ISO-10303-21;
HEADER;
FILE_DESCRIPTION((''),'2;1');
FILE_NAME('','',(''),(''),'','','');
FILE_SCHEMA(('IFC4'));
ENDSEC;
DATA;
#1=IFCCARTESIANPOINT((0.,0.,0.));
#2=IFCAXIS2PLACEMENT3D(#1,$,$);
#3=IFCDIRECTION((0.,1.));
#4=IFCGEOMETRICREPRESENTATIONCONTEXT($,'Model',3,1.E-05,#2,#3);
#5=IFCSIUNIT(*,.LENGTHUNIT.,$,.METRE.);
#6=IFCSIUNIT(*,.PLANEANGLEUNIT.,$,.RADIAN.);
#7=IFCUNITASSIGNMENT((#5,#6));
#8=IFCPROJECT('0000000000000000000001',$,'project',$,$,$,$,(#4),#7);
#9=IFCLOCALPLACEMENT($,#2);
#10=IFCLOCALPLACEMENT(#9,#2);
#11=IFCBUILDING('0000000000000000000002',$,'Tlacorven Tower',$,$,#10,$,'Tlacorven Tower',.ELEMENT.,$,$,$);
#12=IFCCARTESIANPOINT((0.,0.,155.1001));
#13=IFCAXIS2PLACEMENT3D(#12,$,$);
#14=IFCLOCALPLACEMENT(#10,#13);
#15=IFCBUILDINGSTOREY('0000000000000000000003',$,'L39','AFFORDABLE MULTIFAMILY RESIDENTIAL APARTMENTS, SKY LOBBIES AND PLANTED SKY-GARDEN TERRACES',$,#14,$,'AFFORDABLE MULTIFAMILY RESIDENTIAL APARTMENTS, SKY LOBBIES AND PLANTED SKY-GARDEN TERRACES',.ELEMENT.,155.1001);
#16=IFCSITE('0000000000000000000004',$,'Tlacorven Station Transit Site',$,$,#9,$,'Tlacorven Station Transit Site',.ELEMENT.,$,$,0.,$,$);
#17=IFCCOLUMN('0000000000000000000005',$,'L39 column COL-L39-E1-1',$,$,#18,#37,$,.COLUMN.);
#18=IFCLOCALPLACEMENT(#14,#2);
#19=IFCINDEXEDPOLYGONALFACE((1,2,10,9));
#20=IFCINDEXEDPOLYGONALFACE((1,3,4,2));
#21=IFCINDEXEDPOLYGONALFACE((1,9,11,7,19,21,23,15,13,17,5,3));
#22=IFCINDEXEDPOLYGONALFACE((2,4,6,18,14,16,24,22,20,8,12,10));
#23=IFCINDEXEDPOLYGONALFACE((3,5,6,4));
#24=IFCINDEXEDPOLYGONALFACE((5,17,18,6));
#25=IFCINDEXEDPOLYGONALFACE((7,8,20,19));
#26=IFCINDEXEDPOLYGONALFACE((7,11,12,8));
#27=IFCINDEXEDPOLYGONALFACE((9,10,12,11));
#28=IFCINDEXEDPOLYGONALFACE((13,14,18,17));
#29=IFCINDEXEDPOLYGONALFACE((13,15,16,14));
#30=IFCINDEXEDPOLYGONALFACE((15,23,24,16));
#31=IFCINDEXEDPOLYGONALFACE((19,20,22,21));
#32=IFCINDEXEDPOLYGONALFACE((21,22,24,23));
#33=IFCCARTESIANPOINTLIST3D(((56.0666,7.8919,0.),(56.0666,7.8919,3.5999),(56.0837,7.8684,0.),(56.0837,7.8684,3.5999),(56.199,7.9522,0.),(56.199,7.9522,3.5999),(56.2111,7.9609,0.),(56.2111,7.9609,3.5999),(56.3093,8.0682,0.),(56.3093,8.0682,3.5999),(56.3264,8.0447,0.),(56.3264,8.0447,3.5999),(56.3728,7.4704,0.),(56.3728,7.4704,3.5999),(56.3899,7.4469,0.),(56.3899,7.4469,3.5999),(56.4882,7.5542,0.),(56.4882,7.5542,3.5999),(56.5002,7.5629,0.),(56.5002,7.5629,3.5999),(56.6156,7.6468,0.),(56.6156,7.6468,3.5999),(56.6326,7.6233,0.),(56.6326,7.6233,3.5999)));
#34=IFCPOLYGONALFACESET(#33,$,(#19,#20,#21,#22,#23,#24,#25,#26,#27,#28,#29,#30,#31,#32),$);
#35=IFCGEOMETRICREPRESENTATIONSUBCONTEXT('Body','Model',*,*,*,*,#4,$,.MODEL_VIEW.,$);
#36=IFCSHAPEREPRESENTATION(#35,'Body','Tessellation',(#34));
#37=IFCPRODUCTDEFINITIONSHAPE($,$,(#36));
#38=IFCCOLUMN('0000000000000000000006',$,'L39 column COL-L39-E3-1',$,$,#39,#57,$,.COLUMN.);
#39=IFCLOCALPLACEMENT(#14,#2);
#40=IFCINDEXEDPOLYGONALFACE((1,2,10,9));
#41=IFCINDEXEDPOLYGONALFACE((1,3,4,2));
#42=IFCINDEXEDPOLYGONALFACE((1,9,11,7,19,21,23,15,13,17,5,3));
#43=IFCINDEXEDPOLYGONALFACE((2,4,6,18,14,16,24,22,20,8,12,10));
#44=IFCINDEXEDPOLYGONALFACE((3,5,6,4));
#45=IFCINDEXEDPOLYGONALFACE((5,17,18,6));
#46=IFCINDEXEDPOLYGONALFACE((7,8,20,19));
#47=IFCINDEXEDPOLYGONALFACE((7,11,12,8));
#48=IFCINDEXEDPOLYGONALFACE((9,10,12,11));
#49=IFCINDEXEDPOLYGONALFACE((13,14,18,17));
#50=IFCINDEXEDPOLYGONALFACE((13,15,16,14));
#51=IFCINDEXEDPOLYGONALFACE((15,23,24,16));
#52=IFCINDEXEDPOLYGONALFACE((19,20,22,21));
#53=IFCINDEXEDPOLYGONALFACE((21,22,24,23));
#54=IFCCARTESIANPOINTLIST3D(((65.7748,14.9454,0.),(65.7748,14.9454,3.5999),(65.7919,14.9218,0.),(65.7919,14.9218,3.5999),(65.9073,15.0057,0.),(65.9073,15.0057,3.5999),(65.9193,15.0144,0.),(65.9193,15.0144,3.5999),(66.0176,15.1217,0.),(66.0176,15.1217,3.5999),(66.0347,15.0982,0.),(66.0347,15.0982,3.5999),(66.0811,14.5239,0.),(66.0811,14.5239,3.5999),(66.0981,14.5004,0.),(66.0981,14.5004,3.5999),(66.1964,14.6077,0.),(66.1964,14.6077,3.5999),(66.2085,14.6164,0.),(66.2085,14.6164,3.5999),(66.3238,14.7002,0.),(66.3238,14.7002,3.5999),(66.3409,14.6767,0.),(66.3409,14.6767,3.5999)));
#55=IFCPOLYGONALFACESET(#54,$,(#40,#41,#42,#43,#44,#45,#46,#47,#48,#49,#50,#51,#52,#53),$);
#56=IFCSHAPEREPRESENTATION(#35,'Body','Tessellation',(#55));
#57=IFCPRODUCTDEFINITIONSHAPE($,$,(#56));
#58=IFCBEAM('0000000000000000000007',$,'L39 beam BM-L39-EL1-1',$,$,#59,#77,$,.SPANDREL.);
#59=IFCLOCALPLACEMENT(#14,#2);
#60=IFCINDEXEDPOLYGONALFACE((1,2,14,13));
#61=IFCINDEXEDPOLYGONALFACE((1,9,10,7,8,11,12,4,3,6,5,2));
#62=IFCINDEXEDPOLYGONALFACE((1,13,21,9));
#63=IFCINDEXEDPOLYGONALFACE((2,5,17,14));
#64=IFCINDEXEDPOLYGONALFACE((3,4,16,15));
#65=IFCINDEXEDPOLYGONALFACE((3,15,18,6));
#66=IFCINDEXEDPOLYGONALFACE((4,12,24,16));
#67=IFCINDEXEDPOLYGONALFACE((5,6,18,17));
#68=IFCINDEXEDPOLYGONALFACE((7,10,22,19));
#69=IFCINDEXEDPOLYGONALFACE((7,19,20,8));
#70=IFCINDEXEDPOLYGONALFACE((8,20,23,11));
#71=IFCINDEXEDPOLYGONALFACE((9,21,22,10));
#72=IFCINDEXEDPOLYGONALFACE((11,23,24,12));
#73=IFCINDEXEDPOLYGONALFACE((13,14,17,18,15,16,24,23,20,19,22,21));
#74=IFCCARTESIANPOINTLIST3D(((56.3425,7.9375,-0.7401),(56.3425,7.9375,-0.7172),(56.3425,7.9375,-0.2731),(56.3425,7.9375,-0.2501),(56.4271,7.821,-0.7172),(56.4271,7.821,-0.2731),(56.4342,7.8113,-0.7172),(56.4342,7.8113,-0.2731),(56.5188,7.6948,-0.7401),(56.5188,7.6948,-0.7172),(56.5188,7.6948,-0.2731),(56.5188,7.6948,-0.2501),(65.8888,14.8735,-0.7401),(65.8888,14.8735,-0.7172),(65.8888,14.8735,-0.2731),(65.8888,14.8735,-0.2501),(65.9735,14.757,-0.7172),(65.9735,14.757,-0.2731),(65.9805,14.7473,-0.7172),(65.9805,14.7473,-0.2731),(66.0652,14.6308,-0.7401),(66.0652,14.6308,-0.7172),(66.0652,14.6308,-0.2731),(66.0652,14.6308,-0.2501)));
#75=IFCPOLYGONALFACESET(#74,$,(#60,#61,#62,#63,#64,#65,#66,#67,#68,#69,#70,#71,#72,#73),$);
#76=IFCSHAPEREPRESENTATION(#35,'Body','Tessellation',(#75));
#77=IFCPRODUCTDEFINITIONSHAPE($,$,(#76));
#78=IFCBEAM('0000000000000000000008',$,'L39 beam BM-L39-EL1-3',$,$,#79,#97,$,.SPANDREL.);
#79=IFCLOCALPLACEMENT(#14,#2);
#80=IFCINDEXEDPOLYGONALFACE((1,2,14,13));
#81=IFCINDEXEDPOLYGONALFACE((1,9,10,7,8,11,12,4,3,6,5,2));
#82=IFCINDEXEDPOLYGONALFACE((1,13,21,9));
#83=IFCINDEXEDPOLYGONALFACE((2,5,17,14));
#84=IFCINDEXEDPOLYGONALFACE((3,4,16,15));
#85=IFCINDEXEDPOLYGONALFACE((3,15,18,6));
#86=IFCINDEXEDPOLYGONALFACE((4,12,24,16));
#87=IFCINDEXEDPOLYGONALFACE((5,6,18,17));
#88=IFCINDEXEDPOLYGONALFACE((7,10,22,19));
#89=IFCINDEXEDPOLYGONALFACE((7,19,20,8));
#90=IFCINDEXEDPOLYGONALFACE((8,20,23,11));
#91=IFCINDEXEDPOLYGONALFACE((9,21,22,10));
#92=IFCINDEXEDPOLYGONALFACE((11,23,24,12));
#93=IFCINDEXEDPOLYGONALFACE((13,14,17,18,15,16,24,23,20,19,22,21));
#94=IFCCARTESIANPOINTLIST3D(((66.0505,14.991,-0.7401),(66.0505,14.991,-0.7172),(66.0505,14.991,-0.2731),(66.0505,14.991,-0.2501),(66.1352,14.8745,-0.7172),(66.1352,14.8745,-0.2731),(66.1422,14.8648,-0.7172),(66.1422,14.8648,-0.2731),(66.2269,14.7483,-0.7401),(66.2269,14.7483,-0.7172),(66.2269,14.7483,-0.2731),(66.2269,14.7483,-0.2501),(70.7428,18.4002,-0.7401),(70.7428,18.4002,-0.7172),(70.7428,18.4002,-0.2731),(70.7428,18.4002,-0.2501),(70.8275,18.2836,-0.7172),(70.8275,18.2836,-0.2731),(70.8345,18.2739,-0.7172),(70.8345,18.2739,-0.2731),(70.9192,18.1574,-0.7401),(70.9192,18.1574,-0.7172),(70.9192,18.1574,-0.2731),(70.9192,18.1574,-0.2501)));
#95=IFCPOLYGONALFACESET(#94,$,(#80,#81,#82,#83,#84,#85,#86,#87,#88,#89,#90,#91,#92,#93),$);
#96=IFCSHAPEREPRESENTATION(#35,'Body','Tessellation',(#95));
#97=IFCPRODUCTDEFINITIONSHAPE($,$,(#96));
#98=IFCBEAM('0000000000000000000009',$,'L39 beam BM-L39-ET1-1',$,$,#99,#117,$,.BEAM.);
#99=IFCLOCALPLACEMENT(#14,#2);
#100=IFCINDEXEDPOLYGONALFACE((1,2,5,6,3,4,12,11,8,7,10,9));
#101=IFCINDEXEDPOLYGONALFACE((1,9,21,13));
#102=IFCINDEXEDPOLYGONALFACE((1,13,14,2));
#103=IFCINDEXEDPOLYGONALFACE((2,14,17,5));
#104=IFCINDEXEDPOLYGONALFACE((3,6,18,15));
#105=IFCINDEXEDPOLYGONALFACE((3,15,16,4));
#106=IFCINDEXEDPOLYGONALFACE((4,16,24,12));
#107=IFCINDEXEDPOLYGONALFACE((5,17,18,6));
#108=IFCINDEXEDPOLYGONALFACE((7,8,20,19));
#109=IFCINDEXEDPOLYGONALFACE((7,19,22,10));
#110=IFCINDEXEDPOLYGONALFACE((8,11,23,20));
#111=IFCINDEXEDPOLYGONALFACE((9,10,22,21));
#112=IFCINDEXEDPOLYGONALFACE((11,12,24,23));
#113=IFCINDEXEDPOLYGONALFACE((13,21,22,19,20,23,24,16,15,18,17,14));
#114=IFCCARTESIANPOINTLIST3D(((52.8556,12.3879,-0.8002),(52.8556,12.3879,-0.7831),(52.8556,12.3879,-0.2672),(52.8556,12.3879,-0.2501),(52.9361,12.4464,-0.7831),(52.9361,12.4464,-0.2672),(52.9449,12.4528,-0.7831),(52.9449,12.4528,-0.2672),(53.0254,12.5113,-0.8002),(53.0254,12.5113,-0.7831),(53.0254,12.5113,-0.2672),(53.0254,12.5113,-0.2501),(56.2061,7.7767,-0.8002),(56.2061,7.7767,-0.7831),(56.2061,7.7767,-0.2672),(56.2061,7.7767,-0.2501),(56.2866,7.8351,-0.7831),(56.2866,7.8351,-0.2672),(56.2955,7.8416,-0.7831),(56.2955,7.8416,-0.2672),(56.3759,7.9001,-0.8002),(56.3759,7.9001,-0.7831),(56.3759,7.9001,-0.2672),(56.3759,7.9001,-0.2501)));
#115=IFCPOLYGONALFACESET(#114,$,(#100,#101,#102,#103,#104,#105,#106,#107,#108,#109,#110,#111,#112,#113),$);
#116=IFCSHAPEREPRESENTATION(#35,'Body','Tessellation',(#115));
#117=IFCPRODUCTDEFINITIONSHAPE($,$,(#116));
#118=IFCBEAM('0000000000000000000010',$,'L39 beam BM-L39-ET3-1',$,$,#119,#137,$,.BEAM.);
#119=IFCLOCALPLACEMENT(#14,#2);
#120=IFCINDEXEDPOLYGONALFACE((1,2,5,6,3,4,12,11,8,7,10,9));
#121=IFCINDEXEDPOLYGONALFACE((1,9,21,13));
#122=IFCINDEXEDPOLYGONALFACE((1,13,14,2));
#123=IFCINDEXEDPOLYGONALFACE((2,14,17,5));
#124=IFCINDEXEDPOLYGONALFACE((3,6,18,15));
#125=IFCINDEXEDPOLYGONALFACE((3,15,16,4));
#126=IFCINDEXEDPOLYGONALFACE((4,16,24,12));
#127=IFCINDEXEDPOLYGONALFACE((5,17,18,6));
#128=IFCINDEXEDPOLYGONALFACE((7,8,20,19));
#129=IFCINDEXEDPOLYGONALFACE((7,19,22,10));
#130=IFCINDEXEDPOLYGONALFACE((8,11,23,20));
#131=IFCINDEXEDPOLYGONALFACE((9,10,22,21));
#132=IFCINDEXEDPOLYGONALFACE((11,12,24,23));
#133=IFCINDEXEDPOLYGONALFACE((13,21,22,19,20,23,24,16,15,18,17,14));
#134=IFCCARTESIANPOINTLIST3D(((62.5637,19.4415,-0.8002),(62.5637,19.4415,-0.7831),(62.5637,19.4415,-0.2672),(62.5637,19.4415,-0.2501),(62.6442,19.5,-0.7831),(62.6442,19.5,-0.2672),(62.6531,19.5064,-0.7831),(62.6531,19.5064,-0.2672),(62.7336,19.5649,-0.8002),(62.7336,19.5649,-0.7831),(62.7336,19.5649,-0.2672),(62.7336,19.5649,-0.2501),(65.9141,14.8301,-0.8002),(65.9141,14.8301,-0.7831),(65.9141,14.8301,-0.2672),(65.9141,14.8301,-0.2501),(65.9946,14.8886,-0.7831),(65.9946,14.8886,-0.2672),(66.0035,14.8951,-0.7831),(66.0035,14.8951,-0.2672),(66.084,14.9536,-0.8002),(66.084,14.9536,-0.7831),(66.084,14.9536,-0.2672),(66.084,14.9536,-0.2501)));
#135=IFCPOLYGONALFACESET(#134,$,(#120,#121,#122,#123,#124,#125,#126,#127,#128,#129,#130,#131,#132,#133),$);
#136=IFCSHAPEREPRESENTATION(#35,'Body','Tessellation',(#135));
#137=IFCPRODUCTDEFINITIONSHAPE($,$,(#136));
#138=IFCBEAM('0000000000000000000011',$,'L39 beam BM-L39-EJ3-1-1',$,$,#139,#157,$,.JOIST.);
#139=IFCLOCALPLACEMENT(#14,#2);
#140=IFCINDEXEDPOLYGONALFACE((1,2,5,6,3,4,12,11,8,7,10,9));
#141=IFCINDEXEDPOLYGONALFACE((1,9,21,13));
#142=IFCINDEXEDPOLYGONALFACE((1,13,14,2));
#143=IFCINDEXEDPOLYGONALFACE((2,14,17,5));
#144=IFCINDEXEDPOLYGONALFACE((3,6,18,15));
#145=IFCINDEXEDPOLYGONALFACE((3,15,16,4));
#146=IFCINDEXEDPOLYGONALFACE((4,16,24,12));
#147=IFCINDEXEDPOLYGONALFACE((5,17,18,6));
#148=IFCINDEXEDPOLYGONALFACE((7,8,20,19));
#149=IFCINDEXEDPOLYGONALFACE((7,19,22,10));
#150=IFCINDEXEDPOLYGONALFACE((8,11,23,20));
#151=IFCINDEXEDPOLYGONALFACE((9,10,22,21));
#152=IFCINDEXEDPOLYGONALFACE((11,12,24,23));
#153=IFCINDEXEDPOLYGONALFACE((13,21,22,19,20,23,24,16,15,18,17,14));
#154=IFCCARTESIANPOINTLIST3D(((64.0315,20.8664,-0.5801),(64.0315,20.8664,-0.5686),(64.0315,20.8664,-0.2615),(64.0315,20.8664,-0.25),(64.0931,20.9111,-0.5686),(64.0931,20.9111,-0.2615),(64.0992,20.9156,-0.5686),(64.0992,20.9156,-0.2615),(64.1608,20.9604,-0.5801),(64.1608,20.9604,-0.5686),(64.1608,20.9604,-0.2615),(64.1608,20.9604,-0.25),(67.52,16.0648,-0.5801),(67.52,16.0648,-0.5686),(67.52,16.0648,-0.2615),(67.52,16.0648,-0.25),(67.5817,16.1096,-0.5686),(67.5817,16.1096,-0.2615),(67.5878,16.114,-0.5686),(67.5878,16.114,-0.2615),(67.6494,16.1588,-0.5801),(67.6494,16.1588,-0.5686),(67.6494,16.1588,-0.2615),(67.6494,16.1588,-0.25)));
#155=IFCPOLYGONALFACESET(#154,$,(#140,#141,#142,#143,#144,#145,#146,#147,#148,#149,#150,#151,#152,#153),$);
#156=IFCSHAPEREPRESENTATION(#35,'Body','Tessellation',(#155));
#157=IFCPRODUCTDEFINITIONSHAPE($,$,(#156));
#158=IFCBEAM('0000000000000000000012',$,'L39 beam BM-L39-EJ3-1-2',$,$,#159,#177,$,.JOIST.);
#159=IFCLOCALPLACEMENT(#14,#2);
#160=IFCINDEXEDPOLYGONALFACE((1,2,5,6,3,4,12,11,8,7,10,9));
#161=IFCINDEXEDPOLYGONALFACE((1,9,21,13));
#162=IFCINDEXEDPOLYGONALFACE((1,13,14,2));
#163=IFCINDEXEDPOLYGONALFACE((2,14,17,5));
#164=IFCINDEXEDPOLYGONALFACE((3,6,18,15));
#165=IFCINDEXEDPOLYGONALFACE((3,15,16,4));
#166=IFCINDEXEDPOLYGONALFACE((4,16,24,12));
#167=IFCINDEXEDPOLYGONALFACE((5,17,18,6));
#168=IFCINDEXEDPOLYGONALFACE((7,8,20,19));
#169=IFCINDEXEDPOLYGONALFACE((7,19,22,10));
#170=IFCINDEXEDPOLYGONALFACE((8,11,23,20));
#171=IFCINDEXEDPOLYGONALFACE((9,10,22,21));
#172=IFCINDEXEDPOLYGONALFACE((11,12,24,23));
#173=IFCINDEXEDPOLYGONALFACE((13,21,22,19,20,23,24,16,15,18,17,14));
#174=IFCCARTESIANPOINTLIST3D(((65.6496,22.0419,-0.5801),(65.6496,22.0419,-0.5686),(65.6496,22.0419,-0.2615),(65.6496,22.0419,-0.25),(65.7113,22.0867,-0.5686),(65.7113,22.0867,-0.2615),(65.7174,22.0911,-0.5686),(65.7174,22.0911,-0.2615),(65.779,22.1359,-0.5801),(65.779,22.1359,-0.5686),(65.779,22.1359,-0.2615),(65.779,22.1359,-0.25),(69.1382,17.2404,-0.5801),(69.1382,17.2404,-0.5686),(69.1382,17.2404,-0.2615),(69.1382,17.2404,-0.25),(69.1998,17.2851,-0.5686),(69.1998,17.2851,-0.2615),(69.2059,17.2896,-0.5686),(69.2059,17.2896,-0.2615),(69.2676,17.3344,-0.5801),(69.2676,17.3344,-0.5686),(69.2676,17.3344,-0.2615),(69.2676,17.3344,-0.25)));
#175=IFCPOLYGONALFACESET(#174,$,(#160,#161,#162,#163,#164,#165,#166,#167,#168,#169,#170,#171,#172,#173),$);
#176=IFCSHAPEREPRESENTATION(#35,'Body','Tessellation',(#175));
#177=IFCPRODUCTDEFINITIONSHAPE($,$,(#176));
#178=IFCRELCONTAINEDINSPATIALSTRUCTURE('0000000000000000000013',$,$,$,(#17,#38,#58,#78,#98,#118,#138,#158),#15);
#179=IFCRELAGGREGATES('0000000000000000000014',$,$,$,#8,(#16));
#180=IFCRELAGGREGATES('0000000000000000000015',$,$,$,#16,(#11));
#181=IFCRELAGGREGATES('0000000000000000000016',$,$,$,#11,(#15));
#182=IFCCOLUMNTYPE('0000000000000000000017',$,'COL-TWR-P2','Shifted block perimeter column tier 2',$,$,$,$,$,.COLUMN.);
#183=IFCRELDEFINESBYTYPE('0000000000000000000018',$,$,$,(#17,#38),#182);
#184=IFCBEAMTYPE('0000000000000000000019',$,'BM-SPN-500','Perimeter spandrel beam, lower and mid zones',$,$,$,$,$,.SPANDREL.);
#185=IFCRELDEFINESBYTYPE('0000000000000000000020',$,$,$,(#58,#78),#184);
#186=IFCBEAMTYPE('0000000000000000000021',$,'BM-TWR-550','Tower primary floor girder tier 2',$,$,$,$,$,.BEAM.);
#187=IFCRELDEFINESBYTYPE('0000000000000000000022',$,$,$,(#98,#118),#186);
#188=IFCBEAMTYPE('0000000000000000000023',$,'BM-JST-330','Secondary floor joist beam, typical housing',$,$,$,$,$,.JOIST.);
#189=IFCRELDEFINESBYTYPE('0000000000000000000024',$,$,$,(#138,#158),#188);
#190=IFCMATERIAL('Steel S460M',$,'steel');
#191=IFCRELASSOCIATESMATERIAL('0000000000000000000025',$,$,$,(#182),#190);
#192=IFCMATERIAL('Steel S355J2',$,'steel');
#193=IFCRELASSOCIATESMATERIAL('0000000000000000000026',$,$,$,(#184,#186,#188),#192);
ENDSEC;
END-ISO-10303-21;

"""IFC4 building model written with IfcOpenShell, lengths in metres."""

from ifc_helpers import new_model, si_unit, direction, frame, origin, origin_2d, place, context, subcontext, project, spatial, i_section, extrude, source, transform, mapped, material, material_profile, profile_set, type_object, element, save


model = new_model("IFC4")

# Units and contexts
model_context = context("Model", 3, precision=1e-05, world=origin(), true_north=direction((0.0, 1.0)))
body_context = subcontext(model_context, "Body", "Model", "MODEL_VIEW")
ifc_project = project(units=[si_unit("LENGTHUNIT", "METRE"), si_unit("PLANEANGLEUNIT", "RADIAN")], contexts=[model_context])

# Site, building, storey
site_placement = place(None, origin())
site = spatial("IfcSite", under=ifc_project, at=site_placement, Name="Tlacorven Station Transit Site", LongName="Tlacorven Station Transit Site", CompositionType="ELEMENT", RefElevation=0.0)
building_placement = place(site_placement, origin())
building = spatial("IfcBuilding", under=site, at=building_placement, Name="Tlacorven Tower", LongName="Tlacorven Tower", CompositionType="ELEMENT")
storey_placement = place(building_placement, frame((0.0, 0.0, 155.1001)))
storey = spatial("IfcBuildingStorey", under=building, at=storey_placement, Name="L39", Description="AFFORDABLE MULTIFAMILY RESIDENTIAL APARTMENTS, SKY LOBBIES AND PLANTED SKY-GARDEN TERRACES", LongName="AFFORDABLE MULTIFAMILY RESIDENTIAL APARTMENTS, SKY LOBBIES AND PLANTED SKY-GARDEN TERRACES", CompositionType="ELEMENT", Elevation=155.1001)

# Columns
ifc_material_1 = material(Name="Steel S460M", Category="steel")
ifc_material_profile_1 = material_profile(ifc_material_1, i_section(OverallWidth=0.3, OverallDepth=0.55, WebThickness=0.0149, FlangeThickness=0.0291, at=origin_2d()), Name="HEB 550")
ifc_profile_set_1 = profile_set([ifc_material_profile_1], Name="Steel S460M")
column_type = type_object("IfcColumnType", Name="COL-TWR-P2", Description="Shifted block perimeter column tier 2", PredefinedType="COLUMN", material=ifc_profile_set_1)
shared_shape_1 = source(origin(), body_context, "Body", "SweptSolid", [
    extrude(i_section(OverallWidth=0.3, OverallDepth=0.55, WebThickness=0.0149, FlangeThickness=0.0291, at=origin_2d()), origin(), (0.0, 0.0, 1.0), 3.5999),
])
for number, where, z_axis, x_axis, name in (
    (1, (56.3496, 7.7576, 0.0), (0.0, 0.0, 1.0), (0.809017, 0.587785, 0.0), "L39 column COL-L39-E1-1"),
    (2, (66.0579, 14.811, 0.0), (0.0, 0.0, 1.0), (0.809017, 0.587785, 0.0), "L39 column COL-L39-E3-1"),
):
    element("IfcColumn", number, at=place(storey_placement, frame(where, z_axis=z_axis, x_axis=x_axis)), inside=storey, type_object=column_type, Name=name, PredefinedType="COLUMN", context=body_context, shape_type="MappedRepresentation", body=[
        mapped(shared_shape_1, transform((0.0, 0.0, 0.0), scale=1.0)),
    ])

# Beams
ifc_material_2 = material(Name="Steel S355J2", Category="steel")
ifc_material_profile_2 = material_profile(ifc_material_2, i_section(OverallWidth=0.3, OverallDepth=0.49, WebThickness=0.012, FlangeThickness=0.0229, at=origin_2d()), Name="HEA 500")
ifc_profile_set_2 = profile_set([ifc_material_profile_2], Name="Steel S355J2")
beam_type_1 = type_object("IfcBeamType", Name="BM-SPN-500", Description="Perimeter spandrel beam, lower and mid zones", PredefinedType="SPANDREL", material=ifc_profile_set_2)
shared_shape_2 = source(origin(), body_context, "Body", "SweptSolid", [
    extrude(i_section(OverallWidth=0.3, OverallDepth=0.49, WebThickness=0.012, FlangeThickness=0.0229, at=origin_2d()), origin(), (0.0, 0.0, 1.0), 11.8),
])
beam_1_placement = place(storey_placement, frame((56.4307, 7.8162, -0.4951), z_axis=(0.80901, 0.587795, 0.0), x_axis=(-0.587795, 0.80901, 0.0)))
element("IfcBeam", 3, at=beam_1_placement, inside=storey, type_object=beam_type_1, Name="L39 beam BM-L39-EL1-1", PredefinedType="SPANDREL", context=body_context, shape_type="MappedRepresentation", body=[
    mapped(shared_shape_2, transform((0.0, 0.0, 0.0), scale=1.0)),
])
shared_shape_3 = source(origin(), body_context, "Body", "SweptSolid", [
    extrude(i_section(OverallWidth=0.3, OverallDepth=0.49, WebThickness=0.012, FlangeThickness=0.0229, at=origin_2d()), origin(), (0.0, 0.0, 1.0), 5.8),
])
beam_2_placement = place(storey_placement, frame((66.1387, 14.8696, -0.4951), z_axis=(0.80902, 0.587781, 0.0), x_axis=(-0.587781, 0.80902, 0.0)))
element("IfcBeam", 4, at=beam_2_placement, inside=storey, type_object=beam_type_1, Name="L39 beam BM-L39-EL1-3", PredefinedType="SPANDREL", context=body_context, shape_type="MappedRepresentation", body=[
    mapped(shared_shape_3, transform((0.0, 0.0, 0.0), scale=1.0)),
])
ifc_material_profile_3 = material_profile(ifc_material_2, i_section(OverallWidth=0.21, OverallDepth=0.55, WebThickness=0.011, FlangeThickness=0.0171, at=origin_2d()), Name="IPE 550")
ifc_profile_set_3 = profile_set([ifc_material_profile_3], Name="Steel S355J2")
beam_type_2 = type_object("IfcBeamType", Name="BM-TWR-550", Description="Tower primary floor girder tier 2", PredefinedType="BEAM", material=ifc_profile_set_3)
shared_shape_4 = source(origin(), body_context, "Body", "SweptSolid", [
    extrude(i_section(OverallWidth=0.21, OverallDepth=0.55, WebThickness=0.011, FlangeThickness=0.0171, at=origin_2d()), origin(), (0.0, 0.0, 1.0), 5.7),
])
for number, where, z_axis, x_axis, name in (
    (5, (56.291, 7.8384, -0.5251), (-0.587815, 0.808995, 0.0), (-0.808995, -0.587815, 0.0), "L39 beam BM-L39-ET1-1"),
    (6, (65.999, 14.8918, -0.5251), (-0.587787, 0.809016, 0.0), (-0.809016, -0.587787, 0.0), "L39 beam BM-L39-ET3-1"),
):
    element("IfcBeam", number, at=place(storey_placement, frame(where, z_axis=z_axis, x_axis=x_axis)), inside=storey, type_object=beam_type_2, Name=name, PredefinedType="BEAM", context=body_context, shape_type="MappedRepresentation", body=[
        mapped(shared_shape_4, transform((0.0, 0.0, 0.0), scale=1.0)),
    ])
ifc_material_profile_4 = material_profile(ifc_material_2, i_section(OverallWidth=0.1599, OverallDepth=0.3301, WebThickness=0.0076, FlangeThickness=0.0115, at=origin_2d()), Name="IPE 330")
ifc_profile_set_4 = profile_set([ifc_material_profile_4], Name="Steel S355J2")
beam_type_3 = type_object("IfcBeamType", Name="BM-JST-330", Description="Secondary floor joist beam, typical housing", PredefinedType="JOIST", material=ifc_profile_set_4)
shared_shape_5 = source(origin(), body_context, "Body", "SweptSolid", [
    extrude(i_section(OverallWidth=0.1599, OverallDepth=0.3301, WebThickness=0.0076, FlangeThickness=0.0115, at=origin_2d()), origin(), (0.0, 0.0, 1.0), 5.9351),
])
for number, where, z_axis, x_axis, name in (
    (7, (67.5847, 16.1118, -0.415), (-0.587788, 0.809015, 0.0), (-0.809015, -0.587788, 0.0), "L39 beam BM-L39-EJ3-1-1"),
    (8, (69.2029, 17.2874, -0.415), (-0.587788, 0.809015, 0.0), (-0.809015, -0.587788, 0.0), "L39 beam BM-L39-EJ3-1-2"),
):
    element("IfcBeam", number, at=place(storey_placement, frame(where, z_axis=z_axis, x_axis=x_axis)), inside=storey, type_object=beam_type_3, Name=name, PredefinedType="JOIST", context=body_context, shape_type="MappedRepresentation", body=[
        mapped(shared_shape_5, transform((0.0, 0.0, 0.0), scale=1.0)),
    ])

save(model, "model.ifc")
